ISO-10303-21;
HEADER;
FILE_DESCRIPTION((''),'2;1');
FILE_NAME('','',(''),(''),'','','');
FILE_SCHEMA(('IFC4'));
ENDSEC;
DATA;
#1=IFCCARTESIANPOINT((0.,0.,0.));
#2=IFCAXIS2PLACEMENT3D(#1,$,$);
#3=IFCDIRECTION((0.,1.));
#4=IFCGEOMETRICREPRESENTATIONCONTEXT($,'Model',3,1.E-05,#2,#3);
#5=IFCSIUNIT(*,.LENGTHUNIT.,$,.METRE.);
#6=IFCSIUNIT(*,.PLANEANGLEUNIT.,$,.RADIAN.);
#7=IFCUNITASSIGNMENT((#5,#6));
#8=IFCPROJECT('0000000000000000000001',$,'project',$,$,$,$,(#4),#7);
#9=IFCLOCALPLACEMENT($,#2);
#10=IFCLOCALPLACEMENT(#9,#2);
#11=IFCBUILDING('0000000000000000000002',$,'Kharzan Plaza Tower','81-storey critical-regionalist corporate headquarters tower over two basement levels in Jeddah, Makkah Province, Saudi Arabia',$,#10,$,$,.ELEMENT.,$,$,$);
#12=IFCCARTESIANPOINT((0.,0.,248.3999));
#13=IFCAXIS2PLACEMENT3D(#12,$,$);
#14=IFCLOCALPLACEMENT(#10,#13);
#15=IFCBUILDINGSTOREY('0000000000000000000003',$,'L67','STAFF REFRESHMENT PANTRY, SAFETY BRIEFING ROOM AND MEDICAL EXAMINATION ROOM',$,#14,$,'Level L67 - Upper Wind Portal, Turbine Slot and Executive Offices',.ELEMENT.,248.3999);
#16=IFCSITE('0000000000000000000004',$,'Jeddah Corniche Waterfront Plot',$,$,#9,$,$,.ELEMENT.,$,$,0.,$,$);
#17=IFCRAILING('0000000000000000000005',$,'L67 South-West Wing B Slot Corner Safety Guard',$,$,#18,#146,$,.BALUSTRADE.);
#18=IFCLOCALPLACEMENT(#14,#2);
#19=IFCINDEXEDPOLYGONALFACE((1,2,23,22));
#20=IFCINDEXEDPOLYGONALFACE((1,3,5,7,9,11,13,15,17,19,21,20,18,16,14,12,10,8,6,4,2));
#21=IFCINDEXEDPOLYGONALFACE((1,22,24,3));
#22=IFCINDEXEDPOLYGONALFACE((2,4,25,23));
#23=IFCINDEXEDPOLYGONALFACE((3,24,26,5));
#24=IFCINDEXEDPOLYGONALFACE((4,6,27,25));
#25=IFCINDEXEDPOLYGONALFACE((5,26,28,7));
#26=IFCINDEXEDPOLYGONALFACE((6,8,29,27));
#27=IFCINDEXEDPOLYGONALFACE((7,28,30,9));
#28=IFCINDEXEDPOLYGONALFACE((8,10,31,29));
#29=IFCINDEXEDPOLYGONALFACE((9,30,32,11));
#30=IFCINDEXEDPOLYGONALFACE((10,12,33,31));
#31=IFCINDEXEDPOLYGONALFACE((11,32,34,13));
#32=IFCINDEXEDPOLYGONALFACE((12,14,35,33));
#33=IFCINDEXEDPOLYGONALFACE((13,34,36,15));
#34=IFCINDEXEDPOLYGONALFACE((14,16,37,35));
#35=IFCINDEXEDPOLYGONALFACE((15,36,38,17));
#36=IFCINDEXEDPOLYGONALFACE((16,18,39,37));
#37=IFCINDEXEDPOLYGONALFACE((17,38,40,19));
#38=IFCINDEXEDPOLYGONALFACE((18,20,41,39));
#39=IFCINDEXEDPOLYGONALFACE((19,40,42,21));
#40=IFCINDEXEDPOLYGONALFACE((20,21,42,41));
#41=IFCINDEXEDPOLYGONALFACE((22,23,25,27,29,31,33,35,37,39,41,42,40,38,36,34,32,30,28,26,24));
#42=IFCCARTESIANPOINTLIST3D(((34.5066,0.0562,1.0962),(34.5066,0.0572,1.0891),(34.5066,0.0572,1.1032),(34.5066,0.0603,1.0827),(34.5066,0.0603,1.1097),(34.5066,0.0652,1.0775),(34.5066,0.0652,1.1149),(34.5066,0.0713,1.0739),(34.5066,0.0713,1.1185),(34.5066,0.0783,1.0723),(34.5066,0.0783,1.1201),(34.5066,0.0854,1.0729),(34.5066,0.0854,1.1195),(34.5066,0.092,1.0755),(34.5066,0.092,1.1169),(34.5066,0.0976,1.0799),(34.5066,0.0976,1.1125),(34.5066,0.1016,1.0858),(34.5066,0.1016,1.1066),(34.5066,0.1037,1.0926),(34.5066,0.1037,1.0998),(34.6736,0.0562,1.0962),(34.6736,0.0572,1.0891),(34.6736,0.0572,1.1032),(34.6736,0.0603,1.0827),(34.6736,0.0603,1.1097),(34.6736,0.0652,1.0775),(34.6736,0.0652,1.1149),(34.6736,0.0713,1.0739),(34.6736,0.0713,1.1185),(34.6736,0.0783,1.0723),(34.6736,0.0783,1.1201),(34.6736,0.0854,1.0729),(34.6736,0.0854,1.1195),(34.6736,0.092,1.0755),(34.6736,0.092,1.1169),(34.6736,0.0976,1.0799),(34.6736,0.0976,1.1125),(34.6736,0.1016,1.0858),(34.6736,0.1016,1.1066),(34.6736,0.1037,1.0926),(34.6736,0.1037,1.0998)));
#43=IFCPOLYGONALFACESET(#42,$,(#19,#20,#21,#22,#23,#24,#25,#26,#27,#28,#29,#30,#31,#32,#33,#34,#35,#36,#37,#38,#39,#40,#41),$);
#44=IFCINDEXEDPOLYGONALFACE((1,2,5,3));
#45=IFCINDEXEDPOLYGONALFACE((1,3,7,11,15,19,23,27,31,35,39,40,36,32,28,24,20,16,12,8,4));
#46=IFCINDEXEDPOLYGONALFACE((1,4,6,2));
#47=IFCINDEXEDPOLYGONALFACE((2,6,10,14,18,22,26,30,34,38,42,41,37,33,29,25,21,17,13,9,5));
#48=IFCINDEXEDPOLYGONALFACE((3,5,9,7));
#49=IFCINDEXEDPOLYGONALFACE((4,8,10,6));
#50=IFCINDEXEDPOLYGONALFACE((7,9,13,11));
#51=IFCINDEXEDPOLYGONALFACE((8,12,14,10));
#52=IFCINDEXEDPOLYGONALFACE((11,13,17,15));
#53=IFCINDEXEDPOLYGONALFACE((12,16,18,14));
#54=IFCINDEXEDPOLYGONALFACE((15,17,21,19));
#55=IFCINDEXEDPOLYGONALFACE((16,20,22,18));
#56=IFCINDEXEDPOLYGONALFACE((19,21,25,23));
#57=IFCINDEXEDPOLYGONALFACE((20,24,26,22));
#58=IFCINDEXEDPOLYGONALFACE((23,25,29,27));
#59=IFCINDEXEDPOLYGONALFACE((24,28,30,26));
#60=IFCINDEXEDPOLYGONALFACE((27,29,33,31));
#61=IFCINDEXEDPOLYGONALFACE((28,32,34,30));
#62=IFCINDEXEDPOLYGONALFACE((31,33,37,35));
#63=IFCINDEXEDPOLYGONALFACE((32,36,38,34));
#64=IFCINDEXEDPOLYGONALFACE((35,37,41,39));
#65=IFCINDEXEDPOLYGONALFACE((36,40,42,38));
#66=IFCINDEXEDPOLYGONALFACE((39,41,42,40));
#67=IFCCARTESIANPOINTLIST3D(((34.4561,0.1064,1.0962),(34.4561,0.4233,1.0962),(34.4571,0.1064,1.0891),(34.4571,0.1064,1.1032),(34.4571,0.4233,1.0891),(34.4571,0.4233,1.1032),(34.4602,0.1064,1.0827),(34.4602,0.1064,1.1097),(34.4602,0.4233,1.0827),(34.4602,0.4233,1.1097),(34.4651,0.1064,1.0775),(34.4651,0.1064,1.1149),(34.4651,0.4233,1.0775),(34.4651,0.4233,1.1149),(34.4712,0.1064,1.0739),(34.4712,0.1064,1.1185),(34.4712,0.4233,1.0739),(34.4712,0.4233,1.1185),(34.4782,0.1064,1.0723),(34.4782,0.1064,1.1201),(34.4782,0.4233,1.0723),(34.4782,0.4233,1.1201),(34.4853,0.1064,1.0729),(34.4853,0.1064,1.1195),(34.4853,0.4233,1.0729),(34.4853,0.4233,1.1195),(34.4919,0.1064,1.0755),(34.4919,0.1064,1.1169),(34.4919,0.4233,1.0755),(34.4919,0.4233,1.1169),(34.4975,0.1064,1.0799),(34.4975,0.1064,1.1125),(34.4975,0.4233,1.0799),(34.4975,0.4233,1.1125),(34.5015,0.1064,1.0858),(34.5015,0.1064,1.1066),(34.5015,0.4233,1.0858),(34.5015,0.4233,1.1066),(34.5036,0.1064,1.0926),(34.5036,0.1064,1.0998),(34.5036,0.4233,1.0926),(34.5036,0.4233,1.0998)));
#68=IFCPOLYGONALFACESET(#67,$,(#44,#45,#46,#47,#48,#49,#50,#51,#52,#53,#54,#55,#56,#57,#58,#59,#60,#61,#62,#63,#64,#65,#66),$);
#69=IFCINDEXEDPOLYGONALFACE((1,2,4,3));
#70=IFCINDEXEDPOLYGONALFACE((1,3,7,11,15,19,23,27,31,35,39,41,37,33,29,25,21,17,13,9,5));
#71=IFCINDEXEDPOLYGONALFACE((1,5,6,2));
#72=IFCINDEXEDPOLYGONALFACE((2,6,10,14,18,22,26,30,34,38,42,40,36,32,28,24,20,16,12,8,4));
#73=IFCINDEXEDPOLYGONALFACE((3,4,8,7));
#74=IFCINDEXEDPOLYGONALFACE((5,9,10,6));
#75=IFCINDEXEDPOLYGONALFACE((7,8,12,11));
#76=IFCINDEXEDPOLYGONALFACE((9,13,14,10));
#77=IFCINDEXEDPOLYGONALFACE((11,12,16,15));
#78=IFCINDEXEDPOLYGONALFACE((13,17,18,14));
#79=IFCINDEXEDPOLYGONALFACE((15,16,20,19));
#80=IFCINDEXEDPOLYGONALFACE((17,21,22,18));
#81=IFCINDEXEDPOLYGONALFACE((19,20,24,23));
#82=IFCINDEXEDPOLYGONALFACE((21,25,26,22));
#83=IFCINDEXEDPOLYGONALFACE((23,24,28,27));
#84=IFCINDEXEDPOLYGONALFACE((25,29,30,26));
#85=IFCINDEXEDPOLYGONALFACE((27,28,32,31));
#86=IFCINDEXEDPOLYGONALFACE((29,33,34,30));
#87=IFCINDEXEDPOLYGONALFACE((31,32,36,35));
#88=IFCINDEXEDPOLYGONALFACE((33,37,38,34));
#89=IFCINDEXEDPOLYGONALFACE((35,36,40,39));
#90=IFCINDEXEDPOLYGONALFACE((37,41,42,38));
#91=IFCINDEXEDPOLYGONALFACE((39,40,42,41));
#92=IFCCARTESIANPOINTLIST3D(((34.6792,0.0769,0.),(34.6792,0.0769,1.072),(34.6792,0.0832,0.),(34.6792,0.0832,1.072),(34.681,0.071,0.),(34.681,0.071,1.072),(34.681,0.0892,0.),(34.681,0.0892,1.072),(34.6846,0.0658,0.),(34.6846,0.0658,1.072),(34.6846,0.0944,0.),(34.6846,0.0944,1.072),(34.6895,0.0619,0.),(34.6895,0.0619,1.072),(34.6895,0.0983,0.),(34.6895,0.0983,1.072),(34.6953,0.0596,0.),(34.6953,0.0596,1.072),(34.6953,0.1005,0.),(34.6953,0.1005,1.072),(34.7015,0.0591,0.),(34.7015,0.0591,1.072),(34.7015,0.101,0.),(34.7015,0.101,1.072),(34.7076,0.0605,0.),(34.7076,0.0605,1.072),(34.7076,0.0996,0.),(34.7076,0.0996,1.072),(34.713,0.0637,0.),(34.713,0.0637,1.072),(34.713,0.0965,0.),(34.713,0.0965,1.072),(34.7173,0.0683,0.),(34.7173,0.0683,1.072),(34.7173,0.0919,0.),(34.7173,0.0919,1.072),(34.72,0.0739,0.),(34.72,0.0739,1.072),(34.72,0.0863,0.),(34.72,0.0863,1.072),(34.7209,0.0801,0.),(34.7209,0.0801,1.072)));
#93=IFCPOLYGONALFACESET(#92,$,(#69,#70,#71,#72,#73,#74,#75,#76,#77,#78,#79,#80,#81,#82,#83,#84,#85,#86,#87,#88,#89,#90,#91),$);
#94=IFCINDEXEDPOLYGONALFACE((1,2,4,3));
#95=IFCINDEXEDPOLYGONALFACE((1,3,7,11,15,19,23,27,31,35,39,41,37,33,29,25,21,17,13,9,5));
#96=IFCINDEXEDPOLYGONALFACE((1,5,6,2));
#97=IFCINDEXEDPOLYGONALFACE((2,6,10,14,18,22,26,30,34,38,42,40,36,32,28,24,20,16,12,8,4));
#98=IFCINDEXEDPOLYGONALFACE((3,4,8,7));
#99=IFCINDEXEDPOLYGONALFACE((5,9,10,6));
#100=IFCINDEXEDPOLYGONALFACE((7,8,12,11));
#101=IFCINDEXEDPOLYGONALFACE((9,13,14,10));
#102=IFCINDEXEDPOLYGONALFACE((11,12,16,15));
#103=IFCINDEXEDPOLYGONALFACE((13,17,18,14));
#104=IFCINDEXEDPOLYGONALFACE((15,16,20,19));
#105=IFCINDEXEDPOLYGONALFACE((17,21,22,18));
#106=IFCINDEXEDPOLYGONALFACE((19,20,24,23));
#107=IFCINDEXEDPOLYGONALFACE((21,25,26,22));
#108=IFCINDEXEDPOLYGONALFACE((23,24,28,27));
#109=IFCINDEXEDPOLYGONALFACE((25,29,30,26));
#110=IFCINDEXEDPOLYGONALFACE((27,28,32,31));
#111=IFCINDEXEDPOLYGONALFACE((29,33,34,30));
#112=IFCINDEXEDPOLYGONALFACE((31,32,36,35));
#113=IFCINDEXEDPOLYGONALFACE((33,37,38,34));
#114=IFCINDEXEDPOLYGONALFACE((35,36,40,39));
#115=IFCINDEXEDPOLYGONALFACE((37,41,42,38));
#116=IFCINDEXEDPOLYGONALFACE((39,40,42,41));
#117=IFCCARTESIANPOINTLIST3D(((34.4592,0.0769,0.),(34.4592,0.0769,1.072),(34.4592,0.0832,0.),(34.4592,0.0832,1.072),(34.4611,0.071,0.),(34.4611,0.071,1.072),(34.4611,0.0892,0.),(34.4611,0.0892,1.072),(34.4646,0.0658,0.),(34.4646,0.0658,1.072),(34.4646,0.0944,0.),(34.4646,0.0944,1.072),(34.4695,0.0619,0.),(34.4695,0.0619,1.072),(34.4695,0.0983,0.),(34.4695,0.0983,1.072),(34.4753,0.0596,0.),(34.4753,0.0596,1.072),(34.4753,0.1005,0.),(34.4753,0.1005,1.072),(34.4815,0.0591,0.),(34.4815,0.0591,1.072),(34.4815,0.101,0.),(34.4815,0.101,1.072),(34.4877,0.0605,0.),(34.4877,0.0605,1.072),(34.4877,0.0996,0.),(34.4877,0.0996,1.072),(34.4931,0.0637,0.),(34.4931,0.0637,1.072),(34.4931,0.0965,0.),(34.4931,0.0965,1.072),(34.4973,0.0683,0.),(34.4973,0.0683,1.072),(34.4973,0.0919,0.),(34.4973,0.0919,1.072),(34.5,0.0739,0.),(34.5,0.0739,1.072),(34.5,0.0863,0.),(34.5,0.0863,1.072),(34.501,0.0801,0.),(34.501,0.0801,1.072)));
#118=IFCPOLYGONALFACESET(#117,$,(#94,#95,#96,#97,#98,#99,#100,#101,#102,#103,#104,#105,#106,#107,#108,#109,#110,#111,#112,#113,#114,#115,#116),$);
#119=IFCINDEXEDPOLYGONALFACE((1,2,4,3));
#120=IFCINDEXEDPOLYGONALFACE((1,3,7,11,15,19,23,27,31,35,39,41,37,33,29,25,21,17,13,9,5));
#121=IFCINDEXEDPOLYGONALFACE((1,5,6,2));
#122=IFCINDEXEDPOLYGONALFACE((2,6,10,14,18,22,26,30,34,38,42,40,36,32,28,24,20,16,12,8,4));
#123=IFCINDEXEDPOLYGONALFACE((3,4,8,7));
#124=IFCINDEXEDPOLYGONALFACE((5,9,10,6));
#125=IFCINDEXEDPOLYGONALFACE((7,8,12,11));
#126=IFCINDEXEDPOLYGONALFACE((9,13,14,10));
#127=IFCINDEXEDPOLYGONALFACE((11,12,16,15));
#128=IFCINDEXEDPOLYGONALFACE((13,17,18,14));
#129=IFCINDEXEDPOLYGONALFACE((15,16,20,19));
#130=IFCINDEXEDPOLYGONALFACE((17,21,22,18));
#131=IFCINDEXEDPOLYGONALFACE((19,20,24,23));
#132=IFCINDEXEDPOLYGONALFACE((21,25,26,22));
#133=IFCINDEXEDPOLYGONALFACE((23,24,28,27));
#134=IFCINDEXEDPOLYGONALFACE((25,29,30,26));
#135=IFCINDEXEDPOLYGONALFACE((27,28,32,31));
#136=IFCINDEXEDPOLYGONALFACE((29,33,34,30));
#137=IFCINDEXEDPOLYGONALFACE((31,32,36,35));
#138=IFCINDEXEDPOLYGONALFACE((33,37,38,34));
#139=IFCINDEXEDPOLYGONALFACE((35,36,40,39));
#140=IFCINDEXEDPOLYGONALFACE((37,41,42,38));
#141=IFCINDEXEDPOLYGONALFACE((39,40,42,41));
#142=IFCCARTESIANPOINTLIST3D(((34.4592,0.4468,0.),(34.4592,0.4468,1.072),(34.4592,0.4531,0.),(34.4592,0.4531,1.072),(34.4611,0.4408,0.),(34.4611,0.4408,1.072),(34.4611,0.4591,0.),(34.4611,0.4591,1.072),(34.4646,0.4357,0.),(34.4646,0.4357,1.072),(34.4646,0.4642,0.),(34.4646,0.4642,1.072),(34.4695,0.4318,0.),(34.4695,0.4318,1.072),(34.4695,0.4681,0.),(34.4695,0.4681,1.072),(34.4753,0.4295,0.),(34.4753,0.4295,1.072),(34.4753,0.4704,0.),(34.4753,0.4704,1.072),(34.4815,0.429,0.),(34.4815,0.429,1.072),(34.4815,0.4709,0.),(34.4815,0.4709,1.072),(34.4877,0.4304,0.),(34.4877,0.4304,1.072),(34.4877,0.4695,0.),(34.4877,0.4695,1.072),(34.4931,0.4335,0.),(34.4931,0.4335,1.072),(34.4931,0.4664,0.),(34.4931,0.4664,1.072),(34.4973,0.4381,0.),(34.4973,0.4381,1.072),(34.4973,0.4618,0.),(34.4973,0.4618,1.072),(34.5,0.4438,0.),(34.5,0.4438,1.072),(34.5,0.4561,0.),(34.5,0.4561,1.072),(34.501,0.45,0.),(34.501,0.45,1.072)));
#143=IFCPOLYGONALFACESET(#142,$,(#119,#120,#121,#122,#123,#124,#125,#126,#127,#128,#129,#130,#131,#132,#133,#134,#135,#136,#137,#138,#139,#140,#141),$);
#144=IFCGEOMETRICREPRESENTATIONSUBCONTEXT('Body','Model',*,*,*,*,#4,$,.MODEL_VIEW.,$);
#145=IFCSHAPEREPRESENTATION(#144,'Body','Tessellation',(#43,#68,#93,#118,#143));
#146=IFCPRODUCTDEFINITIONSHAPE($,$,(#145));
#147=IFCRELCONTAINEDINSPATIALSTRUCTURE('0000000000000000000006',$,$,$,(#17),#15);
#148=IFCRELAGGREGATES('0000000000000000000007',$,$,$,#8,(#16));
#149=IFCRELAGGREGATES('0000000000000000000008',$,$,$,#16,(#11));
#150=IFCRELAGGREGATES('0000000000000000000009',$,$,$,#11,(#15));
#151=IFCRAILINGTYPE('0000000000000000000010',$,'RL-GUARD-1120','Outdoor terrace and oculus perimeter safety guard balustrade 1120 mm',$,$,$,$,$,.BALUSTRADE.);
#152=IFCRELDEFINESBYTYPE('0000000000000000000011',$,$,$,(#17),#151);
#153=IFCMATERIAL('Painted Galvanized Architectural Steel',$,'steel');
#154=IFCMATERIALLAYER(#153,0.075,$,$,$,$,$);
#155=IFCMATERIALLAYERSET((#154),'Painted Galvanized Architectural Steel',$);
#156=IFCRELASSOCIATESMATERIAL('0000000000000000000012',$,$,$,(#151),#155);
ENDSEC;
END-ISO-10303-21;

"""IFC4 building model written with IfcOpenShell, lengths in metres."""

from ifc_helpers import new_model, si_unit, direction, frame, origin, origin_2d, place, context, subcontext, project, spatial, circle, extrude, source, transform, mapped, material, layer, layer_set, type_object, element, save


model = new_model("IFC4")

# Units and contexts
model_context = context("Model", 3, precision=1e-05, world=origin(), true_north=direction((0.0, 1.0)))
body_context = subcontext(model_context, "Body", "Model", "MODEL_VIEW")
ifc_project = project(units=[si_unit("LENGTHUNIT", "METRE"), si_unit("PLANEANGLEUNIT", "RADIAN")], contexts=[model_context])

# Site, building, storey
site_placement = place(None, origin())
site = spatial("IfcSite", under=ifc_project, at=site_placement, Name="Jeddah Corniche Waterfront Plot", CompositionType="ELEMENT", RefElevation=0.0)
building_placement = place(site_placement, origin())
building = spatial("IfcBuilding", under=site, at=building_placement, Name="Kharzan Plaza Tower", Description="81-storey critical-regionalist corporate headquarters tower over two basement levels in Jeddah, Makkah Province, Saudi Arabia", CompositionType="ELEMENT")
storey_placement = place(building_placement, frame((0.0, 0.0, 248.3999)))
storey = spatial("IfcBuildingStorey", under=building, at=storey_placement, Name="L67", Description="STAFF REFRESHMENT PANTRY, SAFETY BRIEFING ROOM AND MEDICAL EXAMINATION ROOM", LongName="Level L67 - Upper Wind Portal, Turbine Slot and Executive Offices", CompositionType="ELEMENT", Elevation=248.3999)

# Railing
ifc_material_1 = material(Name="Painted Galvanized Architectural Steel", Category="steel")
ifc_layer_1 = layer(ifc_material_1, 0.075)
ifc_layer_set_1 = layer_set([ifc_layer_1], Name="Painted Galvanized Architectural Steel")
railing_type_1 = type_object("IfcRailingType", Name="RL-GUARD-1120", Description="Outdoor terrace and oculus perimeter safety guard balustrade 1120 mm", PredefinedType="BALUSTRADE", material=ifc_layer_set_1)
shared_shape_1 = source(origin(), body_context, "Body", "SweptSolid", [
    extrude(circle(Radius=0.0239, at=origin_2d()), frame((-0.0264, 0.0, 1.0962), z_axis=(-1.0, 0.0, 0.0), x_axis=(0.0, -1.0, 0.0)), (0.0, 0.0, 1.0), 0.167),
    extrude(circle(Radius=0.0239, at=origin_2d()), frame((-0.22, 0.0264, 1.0962), z_axis=(0.0, 1.0, 0.0), x_axis=(-1.0, 0.0, 0.0)), (0.0, 0.0, 1.0), 0.3169),
    extrude(circle(Radius=0.021, at=origin_2d()), origin(), (0.0, 0.0, 1.0), 1.072),
    extrude(circle(Radius=0.021, at=origin_2d()), frame((-0.22, 0.0, 0.0)), (0.0, 0.0, 1.0), 1.072),
    extrude(circle(Radius=0.021, at=origin_2d()), frame((-0.22, 0.3699, 0.0)), (0.0, 0.0, 1.0), 1.072),
])
railing_1_placement = place(storey_placement, frame((34.7, 0.0801, 0.0)))
element("IfcRailing", 1, at=railing_1_placement, inside=storey, type_object=railing_type_1, Name="L67 South-West Wing B Slot Corner Safety Guard", PredefinedType="BALUSTRADE", context=body_context, shape_type="MappedRepresentation", body=[
    mapped(shared_shape_1, transform((0.0, 0.0, 0.0), x_axis=(1.0, 0.0, 0.0), y_axis=(0.0, 1.0, 0.0), z_axis=(0.0, 0.0, 1.0))),
])

save(model, "model.ifc")
